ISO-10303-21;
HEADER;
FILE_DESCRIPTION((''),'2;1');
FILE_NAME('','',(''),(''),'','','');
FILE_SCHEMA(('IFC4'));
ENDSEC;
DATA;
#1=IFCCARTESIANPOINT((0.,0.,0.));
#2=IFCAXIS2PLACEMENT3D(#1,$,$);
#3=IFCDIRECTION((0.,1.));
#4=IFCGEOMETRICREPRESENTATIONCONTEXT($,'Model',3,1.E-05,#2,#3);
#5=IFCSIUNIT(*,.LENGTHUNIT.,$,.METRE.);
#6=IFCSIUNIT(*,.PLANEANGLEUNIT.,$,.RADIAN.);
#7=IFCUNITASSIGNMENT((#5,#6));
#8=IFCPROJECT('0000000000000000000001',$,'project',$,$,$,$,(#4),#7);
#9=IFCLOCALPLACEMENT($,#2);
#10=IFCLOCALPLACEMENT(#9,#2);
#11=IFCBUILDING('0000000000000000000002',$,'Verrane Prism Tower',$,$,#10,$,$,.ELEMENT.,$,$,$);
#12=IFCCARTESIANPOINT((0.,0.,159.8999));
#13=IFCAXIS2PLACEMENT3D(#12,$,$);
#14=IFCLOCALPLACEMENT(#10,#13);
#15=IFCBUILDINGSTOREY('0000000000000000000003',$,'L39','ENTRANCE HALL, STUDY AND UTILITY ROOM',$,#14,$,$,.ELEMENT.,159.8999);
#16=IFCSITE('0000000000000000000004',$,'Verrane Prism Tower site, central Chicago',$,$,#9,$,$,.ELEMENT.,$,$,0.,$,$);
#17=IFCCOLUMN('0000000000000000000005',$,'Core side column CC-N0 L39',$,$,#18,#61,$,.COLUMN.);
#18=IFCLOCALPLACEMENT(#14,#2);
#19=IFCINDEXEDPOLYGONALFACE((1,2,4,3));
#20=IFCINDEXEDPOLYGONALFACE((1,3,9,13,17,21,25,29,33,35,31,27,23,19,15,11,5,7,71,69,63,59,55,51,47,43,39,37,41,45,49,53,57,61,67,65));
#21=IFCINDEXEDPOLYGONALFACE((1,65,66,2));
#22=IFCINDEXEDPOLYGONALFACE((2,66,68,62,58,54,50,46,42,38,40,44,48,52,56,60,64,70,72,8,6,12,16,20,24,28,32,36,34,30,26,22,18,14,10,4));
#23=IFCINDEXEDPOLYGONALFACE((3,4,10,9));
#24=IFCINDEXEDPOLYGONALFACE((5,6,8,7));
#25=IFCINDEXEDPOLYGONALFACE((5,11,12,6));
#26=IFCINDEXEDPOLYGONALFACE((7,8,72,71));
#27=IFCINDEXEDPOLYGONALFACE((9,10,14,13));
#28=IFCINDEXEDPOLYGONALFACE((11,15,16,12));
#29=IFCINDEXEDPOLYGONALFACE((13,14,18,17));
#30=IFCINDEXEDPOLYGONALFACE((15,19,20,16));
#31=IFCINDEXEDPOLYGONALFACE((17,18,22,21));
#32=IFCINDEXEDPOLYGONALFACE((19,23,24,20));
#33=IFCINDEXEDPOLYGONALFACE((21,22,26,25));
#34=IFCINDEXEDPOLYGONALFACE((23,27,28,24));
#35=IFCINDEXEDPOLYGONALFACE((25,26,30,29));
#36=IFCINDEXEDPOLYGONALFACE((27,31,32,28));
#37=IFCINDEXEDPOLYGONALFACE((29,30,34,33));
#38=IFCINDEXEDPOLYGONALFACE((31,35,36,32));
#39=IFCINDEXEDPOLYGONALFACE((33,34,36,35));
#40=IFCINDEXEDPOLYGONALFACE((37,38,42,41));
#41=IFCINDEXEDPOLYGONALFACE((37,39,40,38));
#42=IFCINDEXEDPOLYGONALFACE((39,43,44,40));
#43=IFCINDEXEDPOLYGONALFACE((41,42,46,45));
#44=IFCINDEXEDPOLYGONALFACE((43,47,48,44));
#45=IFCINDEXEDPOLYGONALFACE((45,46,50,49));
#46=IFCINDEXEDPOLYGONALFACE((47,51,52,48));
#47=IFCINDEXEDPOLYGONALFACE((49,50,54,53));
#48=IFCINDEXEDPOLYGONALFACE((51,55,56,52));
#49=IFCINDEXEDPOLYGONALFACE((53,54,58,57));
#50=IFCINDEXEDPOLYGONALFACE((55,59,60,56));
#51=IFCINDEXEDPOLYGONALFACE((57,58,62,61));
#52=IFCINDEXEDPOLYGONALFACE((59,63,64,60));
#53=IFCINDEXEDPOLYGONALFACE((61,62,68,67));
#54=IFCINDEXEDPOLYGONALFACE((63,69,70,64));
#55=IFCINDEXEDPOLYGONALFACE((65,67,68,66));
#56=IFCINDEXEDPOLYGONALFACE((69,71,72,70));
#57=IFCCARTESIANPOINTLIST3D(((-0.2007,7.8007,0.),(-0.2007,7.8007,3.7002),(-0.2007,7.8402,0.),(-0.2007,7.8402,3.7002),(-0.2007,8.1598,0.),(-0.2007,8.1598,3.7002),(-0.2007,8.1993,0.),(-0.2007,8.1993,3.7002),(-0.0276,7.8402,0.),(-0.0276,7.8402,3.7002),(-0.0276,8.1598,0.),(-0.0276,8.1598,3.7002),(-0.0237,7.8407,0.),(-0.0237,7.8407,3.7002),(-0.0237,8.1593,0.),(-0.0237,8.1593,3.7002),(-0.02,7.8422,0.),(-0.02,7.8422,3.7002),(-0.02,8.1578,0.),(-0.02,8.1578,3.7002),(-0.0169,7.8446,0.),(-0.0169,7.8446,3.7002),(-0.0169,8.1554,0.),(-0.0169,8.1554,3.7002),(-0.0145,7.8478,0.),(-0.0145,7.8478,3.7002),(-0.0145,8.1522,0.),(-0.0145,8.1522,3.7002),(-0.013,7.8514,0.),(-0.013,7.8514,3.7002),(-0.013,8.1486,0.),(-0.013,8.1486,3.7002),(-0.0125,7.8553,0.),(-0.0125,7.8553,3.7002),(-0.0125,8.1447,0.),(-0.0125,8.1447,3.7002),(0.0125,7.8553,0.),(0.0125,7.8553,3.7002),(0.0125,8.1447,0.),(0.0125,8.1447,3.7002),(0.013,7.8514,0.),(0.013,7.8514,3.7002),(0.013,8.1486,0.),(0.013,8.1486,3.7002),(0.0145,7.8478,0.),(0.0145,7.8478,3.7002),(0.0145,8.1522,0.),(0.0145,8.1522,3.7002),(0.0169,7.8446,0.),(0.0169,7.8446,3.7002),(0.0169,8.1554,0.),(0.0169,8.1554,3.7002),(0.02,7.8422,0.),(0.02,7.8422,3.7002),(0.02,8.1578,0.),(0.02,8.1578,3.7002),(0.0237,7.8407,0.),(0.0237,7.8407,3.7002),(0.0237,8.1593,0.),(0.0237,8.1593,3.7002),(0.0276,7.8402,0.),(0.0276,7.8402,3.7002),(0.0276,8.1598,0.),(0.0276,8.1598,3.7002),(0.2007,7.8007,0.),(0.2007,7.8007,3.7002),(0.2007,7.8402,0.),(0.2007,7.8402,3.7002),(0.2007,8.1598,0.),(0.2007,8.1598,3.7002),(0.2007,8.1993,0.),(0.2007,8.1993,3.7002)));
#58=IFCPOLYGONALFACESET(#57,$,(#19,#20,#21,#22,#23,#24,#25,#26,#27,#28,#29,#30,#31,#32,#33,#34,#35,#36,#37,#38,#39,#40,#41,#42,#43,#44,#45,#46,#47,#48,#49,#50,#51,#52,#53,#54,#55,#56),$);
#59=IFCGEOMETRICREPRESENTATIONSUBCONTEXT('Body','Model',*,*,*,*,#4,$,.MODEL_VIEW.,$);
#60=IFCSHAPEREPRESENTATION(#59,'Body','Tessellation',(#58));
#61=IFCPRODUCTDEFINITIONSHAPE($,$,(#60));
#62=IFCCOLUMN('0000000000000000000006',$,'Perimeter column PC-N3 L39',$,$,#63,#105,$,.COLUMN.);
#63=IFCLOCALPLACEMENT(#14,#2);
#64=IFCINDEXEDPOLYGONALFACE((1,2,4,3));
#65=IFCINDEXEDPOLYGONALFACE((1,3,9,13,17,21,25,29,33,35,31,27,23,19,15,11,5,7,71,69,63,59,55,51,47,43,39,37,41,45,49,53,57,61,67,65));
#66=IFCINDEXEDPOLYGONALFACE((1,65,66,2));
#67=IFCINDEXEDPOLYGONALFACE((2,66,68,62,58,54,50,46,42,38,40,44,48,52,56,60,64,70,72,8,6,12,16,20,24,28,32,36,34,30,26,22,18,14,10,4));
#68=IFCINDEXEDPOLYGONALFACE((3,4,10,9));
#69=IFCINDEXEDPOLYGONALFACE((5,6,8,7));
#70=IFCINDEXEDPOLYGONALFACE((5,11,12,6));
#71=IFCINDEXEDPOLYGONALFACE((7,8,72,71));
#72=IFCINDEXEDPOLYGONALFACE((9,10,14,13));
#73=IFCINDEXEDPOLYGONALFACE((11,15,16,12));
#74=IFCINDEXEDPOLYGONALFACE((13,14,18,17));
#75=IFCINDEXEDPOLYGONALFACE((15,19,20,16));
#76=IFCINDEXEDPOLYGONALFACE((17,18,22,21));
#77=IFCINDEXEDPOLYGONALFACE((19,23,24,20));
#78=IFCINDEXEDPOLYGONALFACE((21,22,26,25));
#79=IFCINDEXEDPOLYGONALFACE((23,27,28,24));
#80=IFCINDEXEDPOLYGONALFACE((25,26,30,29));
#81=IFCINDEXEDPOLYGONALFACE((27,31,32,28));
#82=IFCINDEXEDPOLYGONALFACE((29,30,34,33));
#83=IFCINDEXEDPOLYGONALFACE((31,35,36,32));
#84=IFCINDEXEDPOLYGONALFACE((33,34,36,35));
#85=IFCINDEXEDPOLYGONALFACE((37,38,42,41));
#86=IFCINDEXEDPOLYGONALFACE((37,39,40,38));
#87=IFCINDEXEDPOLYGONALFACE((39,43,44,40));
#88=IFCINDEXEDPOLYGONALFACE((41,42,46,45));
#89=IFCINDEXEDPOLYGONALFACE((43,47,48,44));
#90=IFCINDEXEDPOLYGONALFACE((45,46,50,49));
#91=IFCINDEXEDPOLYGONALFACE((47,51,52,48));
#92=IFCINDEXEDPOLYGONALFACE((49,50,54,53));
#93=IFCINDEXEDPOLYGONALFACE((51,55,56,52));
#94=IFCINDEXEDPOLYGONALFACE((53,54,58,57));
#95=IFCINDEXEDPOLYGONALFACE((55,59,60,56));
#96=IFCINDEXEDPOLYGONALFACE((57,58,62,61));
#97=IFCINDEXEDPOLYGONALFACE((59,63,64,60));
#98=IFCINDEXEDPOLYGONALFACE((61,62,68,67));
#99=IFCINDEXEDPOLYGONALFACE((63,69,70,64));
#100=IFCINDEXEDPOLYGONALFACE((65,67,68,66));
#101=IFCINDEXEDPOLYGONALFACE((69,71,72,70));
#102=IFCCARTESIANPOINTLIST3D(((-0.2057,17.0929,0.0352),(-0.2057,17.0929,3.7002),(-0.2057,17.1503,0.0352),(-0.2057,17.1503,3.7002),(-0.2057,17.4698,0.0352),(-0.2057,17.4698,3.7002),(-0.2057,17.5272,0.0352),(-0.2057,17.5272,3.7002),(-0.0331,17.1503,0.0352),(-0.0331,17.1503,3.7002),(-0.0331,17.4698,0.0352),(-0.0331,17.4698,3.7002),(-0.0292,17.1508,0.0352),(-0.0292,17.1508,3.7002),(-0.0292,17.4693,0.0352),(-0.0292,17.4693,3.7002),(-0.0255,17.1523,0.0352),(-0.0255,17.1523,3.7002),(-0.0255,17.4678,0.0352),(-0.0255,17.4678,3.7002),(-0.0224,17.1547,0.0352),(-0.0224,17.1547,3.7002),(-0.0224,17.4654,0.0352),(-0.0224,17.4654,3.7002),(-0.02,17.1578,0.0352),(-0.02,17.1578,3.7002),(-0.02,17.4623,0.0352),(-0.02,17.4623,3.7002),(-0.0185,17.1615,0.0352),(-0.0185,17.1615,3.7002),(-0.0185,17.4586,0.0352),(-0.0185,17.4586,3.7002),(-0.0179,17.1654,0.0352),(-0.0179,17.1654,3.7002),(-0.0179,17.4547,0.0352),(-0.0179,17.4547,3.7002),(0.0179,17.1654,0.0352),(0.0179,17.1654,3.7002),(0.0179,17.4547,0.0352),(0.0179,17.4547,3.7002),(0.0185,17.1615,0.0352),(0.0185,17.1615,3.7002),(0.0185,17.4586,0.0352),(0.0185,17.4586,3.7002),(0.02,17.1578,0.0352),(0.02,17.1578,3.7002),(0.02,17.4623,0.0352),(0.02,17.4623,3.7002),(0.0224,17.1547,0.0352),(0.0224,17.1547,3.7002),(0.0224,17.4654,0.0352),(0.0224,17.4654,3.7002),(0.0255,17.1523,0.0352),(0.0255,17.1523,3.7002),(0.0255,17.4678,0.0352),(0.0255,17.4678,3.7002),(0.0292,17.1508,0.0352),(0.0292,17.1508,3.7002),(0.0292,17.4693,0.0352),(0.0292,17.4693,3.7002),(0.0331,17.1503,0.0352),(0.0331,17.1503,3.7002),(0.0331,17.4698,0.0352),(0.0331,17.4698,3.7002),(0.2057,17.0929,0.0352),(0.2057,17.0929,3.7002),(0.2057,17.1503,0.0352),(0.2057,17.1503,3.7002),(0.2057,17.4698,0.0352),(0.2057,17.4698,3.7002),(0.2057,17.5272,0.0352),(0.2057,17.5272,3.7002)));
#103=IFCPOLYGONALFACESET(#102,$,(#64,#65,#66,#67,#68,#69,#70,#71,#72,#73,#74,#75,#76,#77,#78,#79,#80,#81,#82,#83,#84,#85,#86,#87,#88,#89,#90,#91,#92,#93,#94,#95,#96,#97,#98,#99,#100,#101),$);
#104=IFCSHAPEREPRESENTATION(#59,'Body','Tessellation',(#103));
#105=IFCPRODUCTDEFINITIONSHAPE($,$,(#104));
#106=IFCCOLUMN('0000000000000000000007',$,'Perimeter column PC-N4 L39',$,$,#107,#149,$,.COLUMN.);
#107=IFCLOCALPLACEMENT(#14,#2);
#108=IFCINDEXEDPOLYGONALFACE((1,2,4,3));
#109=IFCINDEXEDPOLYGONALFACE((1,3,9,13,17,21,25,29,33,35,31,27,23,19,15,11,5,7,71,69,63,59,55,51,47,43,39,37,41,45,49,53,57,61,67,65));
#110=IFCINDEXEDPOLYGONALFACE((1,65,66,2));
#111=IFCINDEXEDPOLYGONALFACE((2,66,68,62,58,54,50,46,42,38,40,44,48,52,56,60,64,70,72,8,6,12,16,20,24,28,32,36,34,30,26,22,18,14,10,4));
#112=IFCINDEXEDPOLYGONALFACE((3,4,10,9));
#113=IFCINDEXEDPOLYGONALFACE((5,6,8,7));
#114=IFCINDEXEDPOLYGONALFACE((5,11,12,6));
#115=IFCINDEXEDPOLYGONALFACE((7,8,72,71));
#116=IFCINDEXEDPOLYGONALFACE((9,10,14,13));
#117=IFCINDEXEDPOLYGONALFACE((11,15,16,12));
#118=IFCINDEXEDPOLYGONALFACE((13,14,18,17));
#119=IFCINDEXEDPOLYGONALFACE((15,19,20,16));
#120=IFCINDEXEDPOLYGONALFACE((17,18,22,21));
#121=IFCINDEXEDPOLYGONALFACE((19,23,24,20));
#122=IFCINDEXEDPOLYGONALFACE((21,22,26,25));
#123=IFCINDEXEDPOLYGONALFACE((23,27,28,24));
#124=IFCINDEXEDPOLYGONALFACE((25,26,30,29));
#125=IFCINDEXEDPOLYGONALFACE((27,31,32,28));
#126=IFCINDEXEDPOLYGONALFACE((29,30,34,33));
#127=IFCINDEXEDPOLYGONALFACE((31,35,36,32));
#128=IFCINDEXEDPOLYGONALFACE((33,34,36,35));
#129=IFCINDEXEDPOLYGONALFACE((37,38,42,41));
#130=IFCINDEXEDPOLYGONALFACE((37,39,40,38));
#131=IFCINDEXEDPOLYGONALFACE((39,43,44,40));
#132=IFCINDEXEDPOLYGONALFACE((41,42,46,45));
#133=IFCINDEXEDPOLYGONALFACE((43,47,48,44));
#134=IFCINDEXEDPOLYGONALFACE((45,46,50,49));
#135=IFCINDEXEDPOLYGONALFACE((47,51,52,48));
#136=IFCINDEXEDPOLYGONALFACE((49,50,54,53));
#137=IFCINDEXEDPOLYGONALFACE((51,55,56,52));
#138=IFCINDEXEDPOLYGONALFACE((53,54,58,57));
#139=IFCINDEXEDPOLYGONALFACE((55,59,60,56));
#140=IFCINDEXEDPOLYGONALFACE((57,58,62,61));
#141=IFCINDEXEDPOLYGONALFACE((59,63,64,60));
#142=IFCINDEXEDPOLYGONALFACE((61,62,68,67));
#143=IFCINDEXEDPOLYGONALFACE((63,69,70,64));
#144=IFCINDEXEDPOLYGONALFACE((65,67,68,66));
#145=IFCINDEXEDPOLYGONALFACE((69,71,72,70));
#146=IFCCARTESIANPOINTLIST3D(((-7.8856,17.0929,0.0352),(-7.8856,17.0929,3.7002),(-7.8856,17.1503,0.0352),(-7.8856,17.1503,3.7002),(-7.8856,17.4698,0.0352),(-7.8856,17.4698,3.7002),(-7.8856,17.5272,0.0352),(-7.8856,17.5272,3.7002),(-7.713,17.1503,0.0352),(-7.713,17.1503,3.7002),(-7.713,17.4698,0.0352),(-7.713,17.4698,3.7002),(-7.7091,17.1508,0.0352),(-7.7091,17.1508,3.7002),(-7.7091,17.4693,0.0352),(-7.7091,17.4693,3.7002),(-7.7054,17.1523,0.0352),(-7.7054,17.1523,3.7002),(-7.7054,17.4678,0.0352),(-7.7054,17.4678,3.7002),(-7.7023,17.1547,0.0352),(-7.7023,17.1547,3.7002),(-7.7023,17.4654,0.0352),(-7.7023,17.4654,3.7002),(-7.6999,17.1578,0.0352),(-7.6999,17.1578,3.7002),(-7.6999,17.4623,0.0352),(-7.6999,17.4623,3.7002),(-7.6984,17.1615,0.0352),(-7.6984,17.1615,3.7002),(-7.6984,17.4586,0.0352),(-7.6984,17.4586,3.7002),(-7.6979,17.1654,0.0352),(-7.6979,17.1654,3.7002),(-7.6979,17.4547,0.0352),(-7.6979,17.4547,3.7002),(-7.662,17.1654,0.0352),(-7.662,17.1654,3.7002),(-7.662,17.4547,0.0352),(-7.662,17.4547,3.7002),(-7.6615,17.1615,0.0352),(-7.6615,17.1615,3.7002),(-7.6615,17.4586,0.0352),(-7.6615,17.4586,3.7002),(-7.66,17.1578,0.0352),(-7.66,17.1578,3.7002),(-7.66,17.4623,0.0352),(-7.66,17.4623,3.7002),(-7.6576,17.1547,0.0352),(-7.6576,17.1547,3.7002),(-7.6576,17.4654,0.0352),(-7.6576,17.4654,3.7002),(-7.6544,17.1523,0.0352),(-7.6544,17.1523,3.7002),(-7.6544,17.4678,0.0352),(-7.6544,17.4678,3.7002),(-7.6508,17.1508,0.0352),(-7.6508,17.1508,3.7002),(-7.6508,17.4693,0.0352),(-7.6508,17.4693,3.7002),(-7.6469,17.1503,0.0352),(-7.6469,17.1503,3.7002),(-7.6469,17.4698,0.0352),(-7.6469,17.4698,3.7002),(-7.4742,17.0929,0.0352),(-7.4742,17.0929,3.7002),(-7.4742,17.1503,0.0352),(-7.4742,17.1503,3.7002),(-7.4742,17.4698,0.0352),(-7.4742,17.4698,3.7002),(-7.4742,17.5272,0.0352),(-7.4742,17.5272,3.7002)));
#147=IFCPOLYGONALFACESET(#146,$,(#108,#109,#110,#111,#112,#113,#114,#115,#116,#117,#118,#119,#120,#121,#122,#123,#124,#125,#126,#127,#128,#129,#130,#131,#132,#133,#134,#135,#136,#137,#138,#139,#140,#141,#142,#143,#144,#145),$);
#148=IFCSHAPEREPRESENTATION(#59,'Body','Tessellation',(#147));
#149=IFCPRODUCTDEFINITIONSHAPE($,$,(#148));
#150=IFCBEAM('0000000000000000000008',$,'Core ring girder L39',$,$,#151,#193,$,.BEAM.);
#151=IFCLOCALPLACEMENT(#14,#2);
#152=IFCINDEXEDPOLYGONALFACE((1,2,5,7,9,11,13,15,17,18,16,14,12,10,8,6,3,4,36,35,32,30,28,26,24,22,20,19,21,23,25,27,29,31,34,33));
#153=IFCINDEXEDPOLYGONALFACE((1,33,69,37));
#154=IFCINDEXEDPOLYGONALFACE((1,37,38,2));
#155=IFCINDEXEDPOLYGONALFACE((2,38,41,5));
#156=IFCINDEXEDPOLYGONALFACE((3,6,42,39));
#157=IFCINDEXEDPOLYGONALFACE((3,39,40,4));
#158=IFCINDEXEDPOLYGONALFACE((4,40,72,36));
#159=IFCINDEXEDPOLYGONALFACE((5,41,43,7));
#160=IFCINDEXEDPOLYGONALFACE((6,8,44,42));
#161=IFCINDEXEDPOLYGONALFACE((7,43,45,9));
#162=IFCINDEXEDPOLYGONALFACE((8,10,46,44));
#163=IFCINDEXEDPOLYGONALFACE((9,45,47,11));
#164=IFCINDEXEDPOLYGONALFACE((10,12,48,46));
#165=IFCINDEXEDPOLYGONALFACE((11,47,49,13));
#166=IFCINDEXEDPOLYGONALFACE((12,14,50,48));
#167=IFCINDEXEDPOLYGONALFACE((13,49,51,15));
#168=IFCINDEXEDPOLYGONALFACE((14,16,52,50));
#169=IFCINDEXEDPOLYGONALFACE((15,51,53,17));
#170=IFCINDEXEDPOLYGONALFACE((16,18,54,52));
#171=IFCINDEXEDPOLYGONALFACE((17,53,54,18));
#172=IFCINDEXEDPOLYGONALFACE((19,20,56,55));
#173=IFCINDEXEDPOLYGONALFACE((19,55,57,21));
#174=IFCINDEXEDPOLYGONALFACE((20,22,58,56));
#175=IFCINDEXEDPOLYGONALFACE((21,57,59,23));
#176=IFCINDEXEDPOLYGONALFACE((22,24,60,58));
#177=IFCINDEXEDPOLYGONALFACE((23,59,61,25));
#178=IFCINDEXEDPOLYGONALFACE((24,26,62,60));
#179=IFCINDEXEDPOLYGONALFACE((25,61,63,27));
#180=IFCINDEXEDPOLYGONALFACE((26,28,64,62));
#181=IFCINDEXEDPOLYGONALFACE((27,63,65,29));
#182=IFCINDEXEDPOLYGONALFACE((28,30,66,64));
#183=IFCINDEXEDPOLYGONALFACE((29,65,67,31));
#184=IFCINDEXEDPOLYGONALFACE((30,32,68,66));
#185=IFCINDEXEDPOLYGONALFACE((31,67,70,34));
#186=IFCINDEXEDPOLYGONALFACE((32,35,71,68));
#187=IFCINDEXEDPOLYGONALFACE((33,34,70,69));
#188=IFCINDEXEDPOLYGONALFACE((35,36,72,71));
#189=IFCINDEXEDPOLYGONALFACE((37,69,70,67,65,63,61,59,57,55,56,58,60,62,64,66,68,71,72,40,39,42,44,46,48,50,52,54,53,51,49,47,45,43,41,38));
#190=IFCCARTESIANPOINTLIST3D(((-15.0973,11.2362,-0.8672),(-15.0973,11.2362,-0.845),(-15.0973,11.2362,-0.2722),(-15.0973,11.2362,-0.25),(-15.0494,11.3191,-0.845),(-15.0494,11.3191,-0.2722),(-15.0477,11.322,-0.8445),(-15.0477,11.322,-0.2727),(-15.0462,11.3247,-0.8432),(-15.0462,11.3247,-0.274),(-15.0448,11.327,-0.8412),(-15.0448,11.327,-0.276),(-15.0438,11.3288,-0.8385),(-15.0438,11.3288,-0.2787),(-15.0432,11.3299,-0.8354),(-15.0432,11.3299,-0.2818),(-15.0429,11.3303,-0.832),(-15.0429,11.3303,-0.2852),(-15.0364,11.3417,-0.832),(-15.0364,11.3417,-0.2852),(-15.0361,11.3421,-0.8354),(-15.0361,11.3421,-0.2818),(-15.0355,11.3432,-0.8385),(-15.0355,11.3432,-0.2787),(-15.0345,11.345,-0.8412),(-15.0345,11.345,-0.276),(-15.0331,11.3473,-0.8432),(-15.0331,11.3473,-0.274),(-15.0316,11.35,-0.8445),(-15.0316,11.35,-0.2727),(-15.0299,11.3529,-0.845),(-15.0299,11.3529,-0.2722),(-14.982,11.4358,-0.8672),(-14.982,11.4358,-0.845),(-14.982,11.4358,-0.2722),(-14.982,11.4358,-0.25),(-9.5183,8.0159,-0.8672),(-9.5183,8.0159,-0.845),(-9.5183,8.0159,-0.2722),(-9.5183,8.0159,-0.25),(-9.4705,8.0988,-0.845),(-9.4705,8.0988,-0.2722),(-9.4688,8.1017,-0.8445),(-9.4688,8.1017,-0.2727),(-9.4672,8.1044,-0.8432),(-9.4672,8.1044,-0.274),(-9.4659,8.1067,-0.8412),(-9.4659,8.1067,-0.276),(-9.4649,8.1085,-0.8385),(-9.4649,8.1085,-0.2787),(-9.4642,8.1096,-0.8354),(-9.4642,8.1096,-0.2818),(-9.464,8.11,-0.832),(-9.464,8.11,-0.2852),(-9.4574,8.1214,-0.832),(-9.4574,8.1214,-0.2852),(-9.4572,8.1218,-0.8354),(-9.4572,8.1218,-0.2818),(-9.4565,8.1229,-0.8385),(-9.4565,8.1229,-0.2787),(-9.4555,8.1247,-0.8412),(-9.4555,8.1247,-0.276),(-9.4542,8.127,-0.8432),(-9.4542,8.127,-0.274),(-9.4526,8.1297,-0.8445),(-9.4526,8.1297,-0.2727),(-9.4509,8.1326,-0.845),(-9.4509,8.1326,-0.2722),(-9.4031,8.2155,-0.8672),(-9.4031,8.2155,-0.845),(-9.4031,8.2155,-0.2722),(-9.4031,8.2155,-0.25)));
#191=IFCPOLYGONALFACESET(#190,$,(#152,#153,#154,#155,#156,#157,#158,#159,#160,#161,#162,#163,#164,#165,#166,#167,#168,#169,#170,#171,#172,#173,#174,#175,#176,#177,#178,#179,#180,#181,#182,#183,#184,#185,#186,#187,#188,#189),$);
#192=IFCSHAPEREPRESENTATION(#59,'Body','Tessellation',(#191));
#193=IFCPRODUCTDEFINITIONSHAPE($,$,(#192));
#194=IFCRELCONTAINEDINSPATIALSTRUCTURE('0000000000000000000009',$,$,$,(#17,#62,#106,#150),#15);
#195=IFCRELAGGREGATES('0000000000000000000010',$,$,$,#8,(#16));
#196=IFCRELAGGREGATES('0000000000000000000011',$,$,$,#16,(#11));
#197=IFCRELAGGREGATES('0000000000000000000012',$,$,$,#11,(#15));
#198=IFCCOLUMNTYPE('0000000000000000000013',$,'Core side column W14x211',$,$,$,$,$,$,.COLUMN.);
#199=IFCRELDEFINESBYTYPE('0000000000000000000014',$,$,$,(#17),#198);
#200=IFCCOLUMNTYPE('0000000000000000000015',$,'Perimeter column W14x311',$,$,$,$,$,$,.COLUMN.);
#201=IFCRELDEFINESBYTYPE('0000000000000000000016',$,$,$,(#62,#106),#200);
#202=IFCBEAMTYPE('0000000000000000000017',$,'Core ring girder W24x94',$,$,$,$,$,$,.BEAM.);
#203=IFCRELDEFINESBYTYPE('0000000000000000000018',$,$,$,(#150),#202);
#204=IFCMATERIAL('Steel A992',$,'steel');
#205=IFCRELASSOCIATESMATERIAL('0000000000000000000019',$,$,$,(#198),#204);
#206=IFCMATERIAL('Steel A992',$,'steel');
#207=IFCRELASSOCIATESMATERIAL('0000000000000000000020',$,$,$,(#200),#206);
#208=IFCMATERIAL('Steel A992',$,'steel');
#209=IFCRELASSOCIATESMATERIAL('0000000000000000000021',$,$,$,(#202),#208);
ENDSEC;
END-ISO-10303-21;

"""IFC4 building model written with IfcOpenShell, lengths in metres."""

from ifc_helpers import new_model, si_unit, direction, frame, origin, origin_2d, place, context, subcontext, project, spatial, i_section, extrude, material, material_profile, profile_set, type_object, element, save


model = new_model("IFC4")

# Units and contexts
model_context = context("Model", 3, precision=1e-05, world=origin(), true_north=direction((0.0, 1.0)))
body_context = subcontext(model_context, "Body", "Model", "MODEL_VIEW")
ifc_project = project(units=[si_unit("LENGTHUNIT", "METRE"), si_unit("PLANEANGLEUNIT", "RADIAN")], contexts=[model_context])

# Site, building, storey
site_placement = place(None, origin())
site = spatial("IfcSite", under=ifc_project, at=site_placement, Name="Verrane Prism Tower site, central Chicago", CompositionType="ELEMENT", RefElevation=0.0)
building_placement = place(site_placement, origin())
building = spatial("IfcBuilding", under=site, at=building_placement, Name="Verrane Prism Tower", CompositionType="ELEMENT")
storey_placement = place(building_placement, frame((0.0, 0.0, 159.8999)))
storey = spatial("IfcBuildingStorey", under=building, at=storey_placement, Name="L39", Description="ENTRANCE HALL, STUDY AND UTILITY ROOM", CompositionType="ELEMENT", Elevation=159.8999)

# Columns
ifc_material_1 = material(Name="Steel A992", Category="steel")
ifc_material_profile_1 = material_profile(ifc_material_1, i_section(OverallWidth=0.4014, OverallDepth=0.3987, WebThickness=0.0249, FlangeThickness=0.0396, FilletRadius=0.0151, at=origin_2d()), Name="W14x211")
ifc_profile_set_1 = profile_set([ifc_material_profile_1], Name="Steel A992")
column_type_1 = type_object("IfcColumnType", Name="Core side column W14x211", PredefinedType="COLUMN", material=ifc_profile_set_1)
column_placement = place(storey_placement, frame((0.0, 8.0, 0.0), z_axis=(0.0, 0.0, 1.0), x_axis=(1.0, 0.0, 0.0)))
element("IfcColumn", 1, at=column_placement, inside=storey, type_object=column_type_1, Name="Core side column CC-N0 L39", PredefinedType="COLUMN", context=body_context, shape_type="SweptSolid", body=[
    extrude(i_section(OverallWidth=0.4014, OverallDepth=0.3987, WebThickness=0.0249, FlangeThickness=0.0396, FilletRadius=0.0151, at=origin_2d()), origin(), (0.0, 0.0, 1.0), 3.7002),
])
ifc_material_2 = material(Name="Steel A992", Category="steel")
ifc_material_profile_2 = material_profile(ifc_material_2, i_section(OverallWidth=0.4114, OverallDepth=0.4343, WebThickness=0.0359, FlangeThickness=0.0574, FilletRadius=0.0151, at=origin_2d()), Name="W14x311")
ifc_profile_set_2 = profile_set([ifc_material_profile_2], Name="Steel A992")
column_type_2 = type_object("IfcColumnType", Name="Perimeter column W14x311", PredefinedType="COLUMN", material=ifc_profile_set_2)
for number, where, z_axis, x_axis, name in (
    (2, (0.0, 17.3101, 0.0352), (0.0, 0.0, 1.0), (1.0, 0.0, 0.0), "Perimeter column PC-N3 L39"),
    (3, (-7.6799, 17.3101, 0.0352), (0.0, 0.0, 1.0), (1.0, 0.0, 0.0), "Perimeter column PC-N4 L39"),
):
    element("IfcColumn", number, at=place(storey_placement, frame(where, z_axis=z_axis, x_axis=x_axis)), inside=storey, type_object=column_type_2, Name=name, PredefinedType="COLUMN", context=body_context, shape_type="SweptSolid", body=[
        extrude(i_section(OverallWidth=0.4114, OverallDepth=0.4343, WebThickness=0.0359, FlangeThickness=0.0574, FilletRadius=0.0151, at=origin_2d()), origin(), (0.0, 0.0, 1.0), 3.665),
    ])

# Beam
ifc_material_3 = material(Name="Steel A992", Category="steel")
ifc_material_profile_3 = material_profile(ifc_material_3, i_section(OverallWidth=0.2305, OverallDepth=0.6172, WebThickness=0.0132, FlangeThickness=0.0222, FilletRadius=0.0129, at=origin_2d()), Name="W24x94")
ifc_profile_set_3 = profile_set([ifc_material_profile_3], Name="Steel A992")
beam_type_1 = type_object("IfcBeamType", Name="Core ring girder W24x94", PredefinedType="BEAM", material=ifc_profile_set_3)
beam_1_placement = place(storey_placement, frame((-9.4607, 8.1157, -0.5586), z_axis=(-0.866075, 0.499914, 0.0), x_axis=(-0.499914, -0.866075, 0.0)))
element("IfcBeam", 4, at=beam_1_placement, inside=storey, type_object=beam_type_1, Name="Core ring girder L39", PredefinedType="BEAM", context=body_context, shape_type="SweptSolid", body=[
    extrude(i_section(OverallWidth=0.2305, OverallDepth=0.6172, WebThickness=0.0132, FlangeThickness=0.0222, FilletRadius=0.0129, at=origin_2d()), origin(), (0.0, 0.0, 1.0), 6.4417),
])

save(model, "model.ifc")
